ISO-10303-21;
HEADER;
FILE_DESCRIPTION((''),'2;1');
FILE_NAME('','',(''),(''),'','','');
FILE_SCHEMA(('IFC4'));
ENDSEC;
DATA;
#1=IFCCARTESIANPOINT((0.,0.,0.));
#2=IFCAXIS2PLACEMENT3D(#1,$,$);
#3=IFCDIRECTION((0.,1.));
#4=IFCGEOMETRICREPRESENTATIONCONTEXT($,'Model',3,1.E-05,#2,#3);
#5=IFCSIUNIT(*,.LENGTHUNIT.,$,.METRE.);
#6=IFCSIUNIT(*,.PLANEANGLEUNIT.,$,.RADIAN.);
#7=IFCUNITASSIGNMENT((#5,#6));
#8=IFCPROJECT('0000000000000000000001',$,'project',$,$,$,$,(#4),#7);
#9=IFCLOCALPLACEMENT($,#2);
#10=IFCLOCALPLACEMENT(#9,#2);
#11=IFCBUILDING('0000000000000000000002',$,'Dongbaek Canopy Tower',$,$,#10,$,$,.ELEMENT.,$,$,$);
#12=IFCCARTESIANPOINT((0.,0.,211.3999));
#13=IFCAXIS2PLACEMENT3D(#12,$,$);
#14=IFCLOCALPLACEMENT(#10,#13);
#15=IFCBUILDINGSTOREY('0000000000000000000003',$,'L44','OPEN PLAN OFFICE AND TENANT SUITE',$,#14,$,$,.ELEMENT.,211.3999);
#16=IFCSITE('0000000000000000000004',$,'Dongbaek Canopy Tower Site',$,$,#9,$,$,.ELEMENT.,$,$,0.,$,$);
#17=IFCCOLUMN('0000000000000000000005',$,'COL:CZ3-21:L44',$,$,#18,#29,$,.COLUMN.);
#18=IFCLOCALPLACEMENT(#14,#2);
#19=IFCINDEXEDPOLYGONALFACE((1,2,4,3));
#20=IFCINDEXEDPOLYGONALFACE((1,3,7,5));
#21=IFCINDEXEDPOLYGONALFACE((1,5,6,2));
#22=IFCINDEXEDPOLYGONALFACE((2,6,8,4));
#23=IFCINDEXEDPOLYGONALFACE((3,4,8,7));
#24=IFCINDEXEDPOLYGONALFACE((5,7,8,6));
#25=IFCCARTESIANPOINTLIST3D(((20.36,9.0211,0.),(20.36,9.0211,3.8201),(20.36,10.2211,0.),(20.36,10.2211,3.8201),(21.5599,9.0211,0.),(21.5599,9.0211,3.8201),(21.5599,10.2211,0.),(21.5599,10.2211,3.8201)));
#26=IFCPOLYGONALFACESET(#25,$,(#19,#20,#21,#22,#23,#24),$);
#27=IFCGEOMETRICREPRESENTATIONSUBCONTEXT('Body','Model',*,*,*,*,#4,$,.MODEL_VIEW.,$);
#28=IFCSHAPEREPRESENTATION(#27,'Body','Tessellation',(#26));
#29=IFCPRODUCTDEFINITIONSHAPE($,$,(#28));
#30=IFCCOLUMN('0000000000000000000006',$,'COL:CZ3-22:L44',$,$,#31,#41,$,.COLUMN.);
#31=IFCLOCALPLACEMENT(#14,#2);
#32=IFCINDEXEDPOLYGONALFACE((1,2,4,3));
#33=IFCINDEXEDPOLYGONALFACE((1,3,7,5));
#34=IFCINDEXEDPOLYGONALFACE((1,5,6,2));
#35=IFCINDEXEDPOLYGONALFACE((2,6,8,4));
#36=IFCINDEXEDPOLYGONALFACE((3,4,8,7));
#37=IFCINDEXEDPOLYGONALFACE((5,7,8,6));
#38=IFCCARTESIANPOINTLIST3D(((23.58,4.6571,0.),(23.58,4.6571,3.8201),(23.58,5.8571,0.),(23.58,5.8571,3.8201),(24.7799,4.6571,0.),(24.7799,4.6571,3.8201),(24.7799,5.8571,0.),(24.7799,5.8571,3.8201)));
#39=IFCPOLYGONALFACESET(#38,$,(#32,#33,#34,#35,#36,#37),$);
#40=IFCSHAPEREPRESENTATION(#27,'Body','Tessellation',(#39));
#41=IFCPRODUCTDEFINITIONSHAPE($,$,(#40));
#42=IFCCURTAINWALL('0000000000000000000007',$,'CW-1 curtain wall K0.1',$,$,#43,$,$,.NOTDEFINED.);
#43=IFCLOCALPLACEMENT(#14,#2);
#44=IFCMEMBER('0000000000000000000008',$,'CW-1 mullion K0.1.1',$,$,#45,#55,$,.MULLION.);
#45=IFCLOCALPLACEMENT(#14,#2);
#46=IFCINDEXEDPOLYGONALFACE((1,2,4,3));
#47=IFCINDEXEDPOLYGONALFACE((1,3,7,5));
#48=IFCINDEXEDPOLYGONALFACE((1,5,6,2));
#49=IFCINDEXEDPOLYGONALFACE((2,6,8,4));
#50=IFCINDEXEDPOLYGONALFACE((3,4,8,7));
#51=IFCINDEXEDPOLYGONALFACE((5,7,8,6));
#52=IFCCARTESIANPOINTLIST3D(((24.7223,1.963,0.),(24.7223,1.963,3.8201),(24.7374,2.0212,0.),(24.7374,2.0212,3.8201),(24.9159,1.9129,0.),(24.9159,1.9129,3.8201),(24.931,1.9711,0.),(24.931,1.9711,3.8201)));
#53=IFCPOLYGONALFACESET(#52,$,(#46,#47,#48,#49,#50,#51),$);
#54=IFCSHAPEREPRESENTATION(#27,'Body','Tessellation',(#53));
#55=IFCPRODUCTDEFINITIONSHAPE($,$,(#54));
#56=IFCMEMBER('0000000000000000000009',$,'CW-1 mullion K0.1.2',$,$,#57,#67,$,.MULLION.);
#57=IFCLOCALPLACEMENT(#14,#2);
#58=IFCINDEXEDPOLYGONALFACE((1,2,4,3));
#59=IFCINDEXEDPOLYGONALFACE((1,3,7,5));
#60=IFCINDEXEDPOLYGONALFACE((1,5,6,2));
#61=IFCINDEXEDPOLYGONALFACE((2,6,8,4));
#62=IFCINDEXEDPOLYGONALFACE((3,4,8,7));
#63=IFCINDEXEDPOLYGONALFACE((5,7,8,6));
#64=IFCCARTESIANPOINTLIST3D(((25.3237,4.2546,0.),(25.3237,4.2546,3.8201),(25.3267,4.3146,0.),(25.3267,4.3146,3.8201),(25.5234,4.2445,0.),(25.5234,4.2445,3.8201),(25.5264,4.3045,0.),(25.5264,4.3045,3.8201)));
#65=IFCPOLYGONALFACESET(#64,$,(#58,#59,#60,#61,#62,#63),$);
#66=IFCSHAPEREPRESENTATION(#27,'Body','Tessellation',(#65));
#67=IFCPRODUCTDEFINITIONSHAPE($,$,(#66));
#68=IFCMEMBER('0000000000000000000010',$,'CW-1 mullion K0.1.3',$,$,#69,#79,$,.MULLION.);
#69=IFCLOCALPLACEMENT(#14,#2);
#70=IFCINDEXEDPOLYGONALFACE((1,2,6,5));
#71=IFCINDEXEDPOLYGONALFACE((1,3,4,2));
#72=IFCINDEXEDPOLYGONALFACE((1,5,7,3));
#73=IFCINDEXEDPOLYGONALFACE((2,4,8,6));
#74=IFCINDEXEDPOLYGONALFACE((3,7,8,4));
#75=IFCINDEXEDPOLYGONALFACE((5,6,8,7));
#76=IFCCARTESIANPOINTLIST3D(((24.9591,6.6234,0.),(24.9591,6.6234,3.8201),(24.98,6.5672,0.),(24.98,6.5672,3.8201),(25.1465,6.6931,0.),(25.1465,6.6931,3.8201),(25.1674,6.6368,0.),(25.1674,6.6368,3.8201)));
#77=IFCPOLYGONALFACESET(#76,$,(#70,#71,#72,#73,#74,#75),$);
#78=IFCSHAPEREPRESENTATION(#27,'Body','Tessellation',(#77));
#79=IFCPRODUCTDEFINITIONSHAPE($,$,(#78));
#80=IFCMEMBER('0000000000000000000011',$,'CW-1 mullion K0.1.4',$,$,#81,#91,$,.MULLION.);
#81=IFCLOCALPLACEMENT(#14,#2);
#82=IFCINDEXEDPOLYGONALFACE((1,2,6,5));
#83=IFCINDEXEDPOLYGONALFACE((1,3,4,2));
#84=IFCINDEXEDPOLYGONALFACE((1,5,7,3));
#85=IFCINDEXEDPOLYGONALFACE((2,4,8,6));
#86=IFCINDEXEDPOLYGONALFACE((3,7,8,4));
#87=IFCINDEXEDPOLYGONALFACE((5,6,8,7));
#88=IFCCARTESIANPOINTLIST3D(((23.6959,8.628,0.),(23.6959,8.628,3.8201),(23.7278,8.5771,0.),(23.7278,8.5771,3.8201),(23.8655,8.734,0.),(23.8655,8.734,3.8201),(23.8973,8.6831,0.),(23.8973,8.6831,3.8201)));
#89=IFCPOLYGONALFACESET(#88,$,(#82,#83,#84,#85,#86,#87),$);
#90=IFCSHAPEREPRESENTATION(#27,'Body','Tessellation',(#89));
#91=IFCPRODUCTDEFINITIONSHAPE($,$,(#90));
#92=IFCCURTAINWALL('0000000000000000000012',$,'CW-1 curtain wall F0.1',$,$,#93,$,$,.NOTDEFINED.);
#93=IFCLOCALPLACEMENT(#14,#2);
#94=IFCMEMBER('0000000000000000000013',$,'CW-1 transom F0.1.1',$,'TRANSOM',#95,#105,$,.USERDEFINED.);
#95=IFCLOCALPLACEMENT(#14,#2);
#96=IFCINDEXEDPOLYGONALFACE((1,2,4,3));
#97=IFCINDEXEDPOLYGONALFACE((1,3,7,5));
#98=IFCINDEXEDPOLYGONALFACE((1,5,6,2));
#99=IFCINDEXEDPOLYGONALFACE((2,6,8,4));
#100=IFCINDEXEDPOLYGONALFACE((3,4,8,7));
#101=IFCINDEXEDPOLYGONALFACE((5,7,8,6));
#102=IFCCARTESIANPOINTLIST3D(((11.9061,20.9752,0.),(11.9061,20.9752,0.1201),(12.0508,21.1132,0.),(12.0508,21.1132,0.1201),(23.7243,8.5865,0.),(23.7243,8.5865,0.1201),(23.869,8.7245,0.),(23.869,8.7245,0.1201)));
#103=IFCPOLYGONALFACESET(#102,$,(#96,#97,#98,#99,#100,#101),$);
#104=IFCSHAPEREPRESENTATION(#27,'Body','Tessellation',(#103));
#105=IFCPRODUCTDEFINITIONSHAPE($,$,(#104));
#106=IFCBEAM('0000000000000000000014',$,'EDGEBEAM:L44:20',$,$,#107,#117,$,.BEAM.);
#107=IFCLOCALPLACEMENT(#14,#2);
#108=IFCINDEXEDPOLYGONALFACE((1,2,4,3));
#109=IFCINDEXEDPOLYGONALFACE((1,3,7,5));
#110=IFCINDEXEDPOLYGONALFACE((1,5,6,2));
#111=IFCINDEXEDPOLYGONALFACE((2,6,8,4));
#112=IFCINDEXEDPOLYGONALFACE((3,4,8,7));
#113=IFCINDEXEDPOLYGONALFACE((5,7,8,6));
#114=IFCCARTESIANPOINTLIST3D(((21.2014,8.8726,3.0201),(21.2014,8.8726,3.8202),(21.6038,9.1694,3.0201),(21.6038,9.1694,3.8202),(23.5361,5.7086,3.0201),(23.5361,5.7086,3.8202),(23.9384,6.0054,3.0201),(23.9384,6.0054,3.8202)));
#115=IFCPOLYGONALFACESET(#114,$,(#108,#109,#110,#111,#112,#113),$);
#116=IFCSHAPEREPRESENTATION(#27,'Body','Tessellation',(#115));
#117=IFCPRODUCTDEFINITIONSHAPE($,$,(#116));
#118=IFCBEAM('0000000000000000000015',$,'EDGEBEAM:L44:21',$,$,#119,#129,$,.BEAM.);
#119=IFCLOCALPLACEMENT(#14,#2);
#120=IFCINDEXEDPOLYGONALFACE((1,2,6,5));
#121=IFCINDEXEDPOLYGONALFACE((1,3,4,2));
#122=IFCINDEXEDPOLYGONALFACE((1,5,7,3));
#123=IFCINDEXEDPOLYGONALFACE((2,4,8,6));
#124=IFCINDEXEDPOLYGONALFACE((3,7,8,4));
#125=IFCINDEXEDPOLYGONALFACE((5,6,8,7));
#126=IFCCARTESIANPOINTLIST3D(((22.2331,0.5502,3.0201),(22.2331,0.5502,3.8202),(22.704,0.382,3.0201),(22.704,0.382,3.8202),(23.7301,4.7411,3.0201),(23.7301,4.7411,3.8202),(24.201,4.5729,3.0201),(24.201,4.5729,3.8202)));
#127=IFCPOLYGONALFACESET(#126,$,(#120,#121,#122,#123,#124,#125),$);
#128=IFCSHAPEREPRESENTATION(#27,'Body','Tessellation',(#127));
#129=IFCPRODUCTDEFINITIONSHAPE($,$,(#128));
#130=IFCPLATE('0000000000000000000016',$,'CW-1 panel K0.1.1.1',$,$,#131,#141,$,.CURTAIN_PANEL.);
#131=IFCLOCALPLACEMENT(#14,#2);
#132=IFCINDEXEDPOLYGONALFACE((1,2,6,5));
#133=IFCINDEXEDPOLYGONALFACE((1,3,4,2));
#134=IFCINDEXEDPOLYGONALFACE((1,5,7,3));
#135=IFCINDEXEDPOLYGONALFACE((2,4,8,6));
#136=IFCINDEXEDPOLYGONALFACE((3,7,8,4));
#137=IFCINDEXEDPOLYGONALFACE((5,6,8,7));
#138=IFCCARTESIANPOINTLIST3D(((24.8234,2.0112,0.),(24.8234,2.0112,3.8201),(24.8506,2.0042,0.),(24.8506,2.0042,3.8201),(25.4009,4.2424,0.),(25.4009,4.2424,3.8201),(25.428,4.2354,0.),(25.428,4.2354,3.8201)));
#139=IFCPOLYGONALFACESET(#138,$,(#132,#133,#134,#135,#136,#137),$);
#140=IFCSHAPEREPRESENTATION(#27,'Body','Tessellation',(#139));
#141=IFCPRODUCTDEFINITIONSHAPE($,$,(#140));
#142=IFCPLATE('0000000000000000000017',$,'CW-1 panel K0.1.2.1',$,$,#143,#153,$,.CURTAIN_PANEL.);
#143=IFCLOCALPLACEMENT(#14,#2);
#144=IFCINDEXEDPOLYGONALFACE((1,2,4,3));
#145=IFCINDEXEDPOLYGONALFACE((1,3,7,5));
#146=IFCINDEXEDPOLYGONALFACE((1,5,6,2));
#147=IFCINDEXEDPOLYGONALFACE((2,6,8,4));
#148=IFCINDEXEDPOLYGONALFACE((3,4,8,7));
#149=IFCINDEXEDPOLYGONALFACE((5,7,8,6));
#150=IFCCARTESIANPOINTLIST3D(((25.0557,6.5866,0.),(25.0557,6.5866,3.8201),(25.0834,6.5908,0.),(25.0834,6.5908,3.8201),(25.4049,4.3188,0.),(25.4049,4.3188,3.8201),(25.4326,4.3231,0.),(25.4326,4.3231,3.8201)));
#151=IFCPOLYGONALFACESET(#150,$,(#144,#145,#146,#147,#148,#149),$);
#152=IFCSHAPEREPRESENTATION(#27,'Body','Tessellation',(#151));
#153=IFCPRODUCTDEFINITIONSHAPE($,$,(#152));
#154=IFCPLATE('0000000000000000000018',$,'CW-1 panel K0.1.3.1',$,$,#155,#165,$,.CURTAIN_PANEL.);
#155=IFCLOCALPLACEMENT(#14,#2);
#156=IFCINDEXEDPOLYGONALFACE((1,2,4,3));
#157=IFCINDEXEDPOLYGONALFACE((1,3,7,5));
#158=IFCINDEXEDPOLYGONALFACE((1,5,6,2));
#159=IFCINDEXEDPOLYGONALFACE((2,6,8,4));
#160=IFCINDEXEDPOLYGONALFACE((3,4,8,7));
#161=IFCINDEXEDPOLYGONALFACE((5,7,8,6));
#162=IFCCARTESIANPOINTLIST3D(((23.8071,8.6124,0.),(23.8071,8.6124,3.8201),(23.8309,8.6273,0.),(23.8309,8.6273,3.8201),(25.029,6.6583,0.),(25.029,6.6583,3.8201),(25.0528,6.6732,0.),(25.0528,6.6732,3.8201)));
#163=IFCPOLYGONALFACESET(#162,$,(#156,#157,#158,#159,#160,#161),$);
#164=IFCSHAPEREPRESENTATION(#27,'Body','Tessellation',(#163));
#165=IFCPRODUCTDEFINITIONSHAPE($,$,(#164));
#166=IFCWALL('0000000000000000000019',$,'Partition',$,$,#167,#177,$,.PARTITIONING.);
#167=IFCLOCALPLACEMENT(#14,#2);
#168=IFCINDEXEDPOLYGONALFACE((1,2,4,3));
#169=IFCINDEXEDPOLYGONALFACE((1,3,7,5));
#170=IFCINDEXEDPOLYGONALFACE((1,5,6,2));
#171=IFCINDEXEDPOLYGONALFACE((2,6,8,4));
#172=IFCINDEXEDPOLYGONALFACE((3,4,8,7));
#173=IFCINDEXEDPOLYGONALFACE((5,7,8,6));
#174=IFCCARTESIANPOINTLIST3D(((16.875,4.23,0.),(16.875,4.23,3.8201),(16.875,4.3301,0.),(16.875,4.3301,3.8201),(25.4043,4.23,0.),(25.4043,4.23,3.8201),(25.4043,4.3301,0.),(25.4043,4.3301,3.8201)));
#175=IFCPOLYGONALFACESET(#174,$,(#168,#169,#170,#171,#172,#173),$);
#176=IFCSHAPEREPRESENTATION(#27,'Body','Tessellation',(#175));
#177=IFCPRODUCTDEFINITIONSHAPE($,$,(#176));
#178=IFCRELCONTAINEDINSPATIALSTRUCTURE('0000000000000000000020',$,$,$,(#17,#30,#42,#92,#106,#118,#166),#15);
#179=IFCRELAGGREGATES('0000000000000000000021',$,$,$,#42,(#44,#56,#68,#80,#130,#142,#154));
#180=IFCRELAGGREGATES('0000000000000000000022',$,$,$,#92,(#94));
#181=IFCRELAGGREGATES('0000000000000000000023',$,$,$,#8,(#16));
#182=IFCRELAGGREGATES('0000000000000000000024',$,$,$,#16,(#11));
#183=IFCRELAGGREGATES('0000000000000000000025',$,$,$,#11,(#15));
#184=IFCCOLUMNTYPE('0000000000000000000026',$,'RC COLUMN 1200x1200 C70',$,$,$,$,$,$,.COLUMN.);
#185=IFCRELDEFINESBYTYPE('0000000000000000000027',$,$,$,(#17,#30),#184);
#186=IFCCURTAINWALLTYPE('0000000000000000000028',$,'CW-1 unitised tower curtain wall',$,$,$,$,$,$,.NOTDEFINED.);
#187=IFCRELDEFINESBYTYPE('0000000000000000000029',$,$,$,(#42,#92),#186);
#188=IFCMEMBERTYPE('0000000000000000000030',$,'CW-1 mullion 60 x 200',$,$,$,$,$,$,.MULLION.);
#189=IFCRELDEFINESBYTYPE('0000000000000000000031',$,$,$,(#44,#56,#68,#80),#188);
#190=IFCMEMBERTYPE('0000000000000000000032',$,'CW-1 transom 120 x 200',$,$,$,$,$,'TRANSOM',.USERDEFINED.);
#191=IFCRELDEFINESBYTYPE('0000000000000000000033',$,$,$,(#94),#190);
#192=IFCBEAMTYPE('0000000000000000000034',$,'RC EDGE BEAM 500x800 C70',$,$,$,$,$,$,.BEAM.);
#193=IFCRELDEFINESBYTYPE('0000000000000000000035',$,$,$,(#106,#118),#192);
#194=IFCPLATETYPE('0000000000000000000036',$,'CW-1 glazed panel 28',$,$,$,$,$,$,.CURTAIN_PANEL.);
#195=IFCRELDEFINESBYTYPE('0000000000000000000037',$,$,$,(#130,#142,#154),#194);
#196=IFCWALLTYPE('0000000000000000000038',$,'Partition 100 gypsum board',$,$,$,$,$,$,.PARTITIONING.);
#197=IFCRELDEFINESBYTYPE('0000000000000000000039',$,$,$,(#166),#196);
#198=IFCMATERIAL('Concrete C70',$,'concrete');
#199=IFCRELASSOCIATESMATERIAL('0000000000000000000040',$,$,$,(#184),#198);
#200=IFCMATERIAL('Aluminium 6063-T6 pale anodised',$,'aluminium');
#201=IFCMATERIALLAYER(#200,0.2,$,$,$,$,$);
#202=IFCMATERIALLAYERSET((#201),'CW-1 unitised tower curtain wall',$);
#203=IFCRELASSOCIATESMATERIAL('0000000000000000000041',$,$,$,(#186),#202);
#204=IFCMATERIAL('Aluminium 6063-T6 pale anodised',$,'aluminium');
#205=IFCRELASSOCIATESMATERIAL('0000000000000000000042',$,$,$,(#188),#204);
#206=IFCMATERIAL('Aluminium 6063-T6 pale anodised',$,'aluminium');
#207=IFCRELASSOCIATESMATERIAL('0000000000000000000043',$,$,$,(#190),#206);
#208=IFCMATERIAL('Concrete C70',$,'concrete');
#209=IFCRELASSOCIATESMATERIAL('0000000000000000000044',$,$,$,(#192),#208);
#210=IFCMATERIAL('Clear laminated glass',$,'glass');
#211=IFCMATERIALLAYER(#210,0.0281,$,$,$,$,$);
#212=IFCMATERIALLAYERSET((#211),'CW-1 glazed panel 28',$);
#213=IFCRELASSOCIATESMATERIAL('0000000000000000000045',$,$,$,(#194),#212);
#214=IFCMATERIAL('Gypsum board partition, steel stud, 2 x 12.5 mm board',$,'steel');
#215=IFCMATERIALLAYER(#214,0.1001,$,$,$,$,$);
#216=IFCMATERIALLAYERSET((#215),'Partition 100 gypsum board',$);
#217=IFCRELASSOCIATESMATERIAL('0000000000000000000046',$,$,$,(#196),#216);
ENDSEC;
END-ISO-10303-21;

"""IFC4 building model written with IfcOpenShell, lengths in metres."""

from ifc_helpers import new_model, si_unit, direction, frame, frame_2d, origin, origin_2d, place, context, subcontext, project, spatial, rectangle, extrude, material, layer, layer_set, material_profile, profile_set, type_object, element, aggregate, save


model = new_model("IFC4")

# Units and contexts
model_context = context("Model", 3, precision=1e-05, world=origin(), true_north=direction((0.0, 1.0)))
body_context = subcontext(model_context, "Body", "Model", "MODEL_VIEW")
ifc_project = project(units=[si_unit("LENGTHUNIT", "METRE"), si_unit("PLANEANGLEUNIT", "RADIAN")], contexts=[model_context])

# Site, building, storey
site_placement = place(None, origin())
site = spatial("IfcSite", under=ifc_project, at=site_placement, Name="Dongbaek Canopy Tower Site", CompositionType="ELEMENT", RefElevation=0.0)
building_placement = place(site_placement, origin())
building = spatial("IfcBuilding", under=site, at=building_placement, Name="Dongbaek Canopy Tower", CompositionType="ELEMENT")
storey_placement = place(building_placement, frame((0.0, 0.0, 211.3999)))
storey = spatial("IfcBuildingStorey", under=building, at=storey_placement, Name="L44", Description="OPEN PLAN OFFICE AND TENANT SUITE", CompositionType="ELEMENT", Elevation=211.3999)

# Columns
ifc_material_1 = material(Name="Concrete C70", Category="concrete")
ifc_material_profile_1 = material_profile(ifc_material_1, rectangle(XDim=1.2, YDim=1.2, at=origin_2d()), Name="RC COLUMN 1200x1200 C70")
ifc_profile_set_1 = profile_set([ifc_material_profile_1], Name="Concrete C70")
column_type = type_object("IfcColumnType", Name="RC COLUMN 1200x1200 C70", PredefinedType="COLUMN", material=ifc_profile_set_1)
for number, where, z_axis, x_axis, name in (
    (1, (20.96, 9.6211, 0.0), (0.0, 0.0, 1.0), (1.0, 0.0, 0.0), "COL:CZ3-21:L44"),
    (2, (24.1799, 5.2571, 0.0), (0.0, 0.0, 1.0), (1.0, 0.0, 0.0), "COL:CZ3-22:L44"),
):
    element("IfcColumn", number, at=place(storey_placement, frame(where, z_axis=z_axis, x_axis=x_axis)), inside=storey, type_object=column_type, Name=name, PredefinedType="COLUMN", context=body_context, shape_type="SweptSolid", body=[
        extrude(rectangle(XDim=1.2, YDim=1.2, at=origin_2d()), origin(), (0.0, 0.0, 1.0), 3.8201),
    ])

# Curtain wall, members
ifc_material_2 = material(Name="Aluminium 6063-T6 pale anodised", Category="aluminium")
ifc_layer_1 = layer(ifc_material_2, 0.2)
ifc_layer_set_1 = layer_set([ifc_layer_1], Name="CW-1 unitised tower curtain wall")
curtain_wall_type = type_object("IfcCurtainWallType", Name="CW-1 unitised tower curtain wall", PredefinedType="NOTDEFINED", material=ifc_layer_set_1)
curtain_wall_1_placement = place(storey_placement, origin())
curtain_wall_1 = element("IfcCurtainWall", 3, at=curtain_wall_1_placement, inside=storey, type_object=curtain_wall_type, Name="CW-1 curtain wall K0.1", PredefinedType="NOTDEFINED")
ifc_material_3 = material(Name="Aluminium 6063-T6 pale anodised", Category="aluminium")
ifc_material_profile_2 = material_profile(ifc_material_3, rectangle(XDim=0.2, YDim=0.0601, at=origin_2d()), Name="CW-1 mullion 60 x 200")
ifc_profile_set_2 = profile_set([ifc_material_profile_2], Name="Aluminium 6063-T6 pale anodised")
member_type_1 = type_object("IfcMemberType", Name="CW-1 mullion 60 x 200", PredefinedType="MULLION", material=ifc_profile_set_2)
member_1_placement = place(storey_placement, frame((24.8267, 1.967, 0.0), z_axis=(0.0, 0.0, 1.0), x_axis=(0.968104, -0.250547, 0.0)))
member_1 = element("IfcMember", 4, at=member_1_placement, type_object=member_type_1, Name="CW-1 mullion K0.1.1", PredefinedType="MULLION", context=body_context, shape_type="SweptSolid", body=[
    extrude(rectangle(XDim=0.2, YDim=0.0601, at=origin_2d()), origin(), (0.0, 0.0, 1.0), 3.8201),
])
member_2_placement = place(storey_placement, frame((25.425, 4.2795, 0.0), z_axis=(0.0, 0.0, 1.0), x_axis=(0.998739, -0.050208, 0.0)))
member_2 = element("IfcMember", 5, at=member_2_placement, type_object=member_type_1, Name="CW-1 mullion K0.1.2", PredefinedType="MULLION", context=body_context, shape_type="SweptSolid", body=[
    extrude(rectangle(XDim=0.2, YDim=0.0601, at=origin_2d()), origin(), (0.0, 0.0, 1.0), 3.8201),
])
member_3_placement = place(storey_placement, frame((25.0632, 6.6301, 0.0), z_axis=(0.0, 0.0, 1.0), x_axis=(0.937367, 0.348343, 0.0)))
member_3 = element("IfcMember", 6, at=member_3_placement, type_object=member_type_1, Name="CW-1 mullion K0.1.3", PredefinedType="MULLION", context=body_context, shape_type="SweptSolid", body=[
    extrude(rectangle(XDim=0.2, YDim=0.0601, at=origin_2d()), origin(), (0.0, 0.0, 1.0), 3.8201),
])
member_4_placement = place(storey_placement, frame((23.7966, 8.6555, 0.0), z_axis=(0.0, 0.0, 1.0), x_axis=(0.847882, 0.530185, 0.0)))
member_4 = element("IfcMember", 7, at=member_4_placement, type_object=member_type_1, Name="CW-1 mullion K0.1.4", PredefinedType="MULLION", context=body_context, shape_type="SweptSolid", body=[
    extrude(rectangle(XDim=0.2, YDim=0.0601, at=origin_2d()), origin(), (0.0, 0.0, 1.0), 3.8201),
])

# Curtain wall, member
curtain_wall_2_placement = place(storey_placement, origin())
curtain_wall_2 = element("IfcCurtainWall", 8, at=curtain_wall_2_placement, inside=storey, type_object=curtain_wall_type, Name="CW-1 curtain wall F0.1", PredefinedType="NOTDEFINED")
ifc_material_4 = material(Name="Aluminium 6063-T6 pale anodised", Category="aluminium")
ifc_material_profile_3 = material_profile(ifc_material_4, rectangle(XDim=0.2, YDim=0.1201, at=origin_2d()), Name="CW-1 transom 120 x 200")
ifc_profile_set_3 = profile_set([ifc_material_profile_3], Name="Aluminium 6063-T6 pale anodised")
member_type_2 = type_object("IfcMemberType", Name="CW-1 transom 120 x 200", ElementType="TRANSOM", PredefinedType="USERDEFINED", material=ifc_profile_set_3)
member_5_placement = place(storey_placement, frame((23.7966, 8.6555, 0.0601), z_axis=(-0.690248, 0.723572, 0.0), x_axis=(-0.723572, -0.690248, 0.0)))
member_5 = element("IfcMember", 9, at=member_5_placement, type_object=member_type_2, Name="CW-1 transom F0.1.1", ObjectType="TRANSOM", PredefinedType="USERDEFINED", context=body_context, shape_type="SweptSolid", body=[
    extrude(rectangle(XDim=0.2, YDim=0.1201, at=origin_2d()), origin(), (0.0, 0.0, 1.0), 17.1216),
])

# Beams
ifc_material_5 = material(Name="Concrete C70", Category="concrete")
ifc_material_profile_4 = material_profile(ifc_material_5, rectangle(XDim=0.5, YDim=0.8, at=origin_2d()), Name="RC EDGE BEAM 500x800 C70")
ifc_profile_set_4 = profile_set([ifc_material_profile_4], Name="Concrete C70")
beam_type = type_object("IfcBeamType", Name="RC EDGE BEAM 500x800 C70", PredefinedType="BEAM", material=ifc_profile_set_4)
beam_1_placement = place(storey_placement, frame((21.4026, 9.021, 3.4202), z_axis=(0.593743, -0.804655, 0.0), x_axis=(0.804655, 0.593743, 0.0)))
element("IfcBeam", 10, at=beam_1_placement, inside=storey, type_object=beam_type, Name="EDGEBEAM:L44:20", PredefinedType="BEAM", context=body_context, shape_type="SweptSolid", body=[
    extrude(rectangle(XDim=0.5, YDim=0.8, at=origin_2d()), origin(), (0.0, 0.0, 1.0), 3.9321),
])
beam_2_placement = place(storey_placement, frame((23.9656, 4.657, 3.4202), z_axis=(-0.336399, -0.94172, 0.0), x_axis=(0.94172, -0.336399, 0.0)))
element("IfcBeam", 11, at=beam_2_placement, inside=storey, type_object=beam_type, Name="EDGEBEAM:L44:21", PredefinedType="BEAM", context=body_context, shape_type="SweptSolid", body=[
    extrude(rectangle(XDim=0.5, YDim=0.8, at=origin_2d()), origin(), (0.0, 0.0, 1.0), 4.4502),
])

# Plates
ifc_material_6 = material(Name="Clear laminated glass", Category="glass")
ifc_layer_2 = layer(ifc_material_6, 0.0281)
ifc_layer_set_2 = layer_set([ifc_layer_2], Name="CW-1 glazed panel 28")
plate_type = type_object("IfcPlateType", Name="CW-1 glazed panel 28", PredefinedType="CURTAIN_PANEL", material=ifc_layer_set_2)
plate_1_placement = place(storey_placement, frame((25.1257, 3.1233, 0.0), z_axis=(0.0, 0.0, 1.0), x_axis=(0.250547, 0.968104, 0.0)))
plate_1 = element("IfcPlate", 12, at=plate_1_placement, type_object=plate_type, Name="CW-1 panel K0.1.1.1", PredefinedType="CURTAIN_PANEL", context=body_context, shape_type="SweptSolid", body=[
    extrude(rectangle(XDim=2.3047, YDim=0.0281, at=origin_2d()), origin(), (0.0, 0.0, 1.0), 3.8201),
])
plate_2_placement = place(storey_placement, frame((25.2441, 5.4548, 0.0), z_axis=(0.0, 0.0, 1.0), x_axis=(-0.152193, 0.988351, 0.0)))
plate_2 = element("IfcPlate", 13, at=plate_2_placement, type_object=plate_type, Name="CW-1 panel K0.1.2.1", PredefinedType="CURTAIN_PANEL", context=body_context, shape_type="SweptSolid", body=[
    extrude(rectangle(XDim=2.2944, YDim=0.0281, at=origin_2d()), origin(), (0.0, 0.0, 1.0), 3.8201),
])
plate_3_placement = place(storey_placement, frame((24.4299, 7.6428, 0.0), z_axis=(0.0, 0.0, 1.0), x_axis=(-0.530185, 0.847882, 0.0)))
plate_3 = element("IfcPlate", 14, at=plate_3_placement, type_object=plate_type, Name="CW-1 panel K0.1.3.1", PredefinedType="CURTAIN_PANEL", context=body_context, shape_type="SweptSolid", body=[
    extrude(rectangle(XDim=2.3047, YDim=0.0281, at=origin_2d()), origin(), (0.0, 0.0, 1.0), 3.8201),
])

# Wall
ifc_material_7 = material(Name="Gypsum board partition, steel stud, 2 x 12.5 mm board", Category="steel")
ifc_layer_3 = layer(ifc_material_7, 0.1001)
ifc_layer_set_3 = layer_set([ifc_layer_3], Name="Partition 100 gypsum board")
wall_type = type_object("IfcWallType", Name="Partition 100 gypsum board", PredefinedType="PARTITIONING", material=ifc_layer_set_3)
wall_placement = place(storey_placement, frame((16.875, 4.28, 0.0), z_axis=(0.0, 0.0, 1.0), x_axis=(1.0, 0.0, 0.0)))
element("IfcWall", 15, at=wall_placement, inside=storey, type_object=wall_type, Name="Partition", PredefinedType="PARTITIONING", context=body_context, shape_type="SweptSolid", body=[
    extrude(rectangle(XDim=8.5293, YDim=0.1001, at=frame_2d((4.2646, 0.0))), origin(), (0.0, 0.0, 1.0), 3.8201),
])

aggregate(curtain_wall_1, [member_1, member_2, member_3, member_4, plate_1, plate_2, plate_3])
aggregate(curtain_wall_2, [member_5])

save(model, "model.ifc")
